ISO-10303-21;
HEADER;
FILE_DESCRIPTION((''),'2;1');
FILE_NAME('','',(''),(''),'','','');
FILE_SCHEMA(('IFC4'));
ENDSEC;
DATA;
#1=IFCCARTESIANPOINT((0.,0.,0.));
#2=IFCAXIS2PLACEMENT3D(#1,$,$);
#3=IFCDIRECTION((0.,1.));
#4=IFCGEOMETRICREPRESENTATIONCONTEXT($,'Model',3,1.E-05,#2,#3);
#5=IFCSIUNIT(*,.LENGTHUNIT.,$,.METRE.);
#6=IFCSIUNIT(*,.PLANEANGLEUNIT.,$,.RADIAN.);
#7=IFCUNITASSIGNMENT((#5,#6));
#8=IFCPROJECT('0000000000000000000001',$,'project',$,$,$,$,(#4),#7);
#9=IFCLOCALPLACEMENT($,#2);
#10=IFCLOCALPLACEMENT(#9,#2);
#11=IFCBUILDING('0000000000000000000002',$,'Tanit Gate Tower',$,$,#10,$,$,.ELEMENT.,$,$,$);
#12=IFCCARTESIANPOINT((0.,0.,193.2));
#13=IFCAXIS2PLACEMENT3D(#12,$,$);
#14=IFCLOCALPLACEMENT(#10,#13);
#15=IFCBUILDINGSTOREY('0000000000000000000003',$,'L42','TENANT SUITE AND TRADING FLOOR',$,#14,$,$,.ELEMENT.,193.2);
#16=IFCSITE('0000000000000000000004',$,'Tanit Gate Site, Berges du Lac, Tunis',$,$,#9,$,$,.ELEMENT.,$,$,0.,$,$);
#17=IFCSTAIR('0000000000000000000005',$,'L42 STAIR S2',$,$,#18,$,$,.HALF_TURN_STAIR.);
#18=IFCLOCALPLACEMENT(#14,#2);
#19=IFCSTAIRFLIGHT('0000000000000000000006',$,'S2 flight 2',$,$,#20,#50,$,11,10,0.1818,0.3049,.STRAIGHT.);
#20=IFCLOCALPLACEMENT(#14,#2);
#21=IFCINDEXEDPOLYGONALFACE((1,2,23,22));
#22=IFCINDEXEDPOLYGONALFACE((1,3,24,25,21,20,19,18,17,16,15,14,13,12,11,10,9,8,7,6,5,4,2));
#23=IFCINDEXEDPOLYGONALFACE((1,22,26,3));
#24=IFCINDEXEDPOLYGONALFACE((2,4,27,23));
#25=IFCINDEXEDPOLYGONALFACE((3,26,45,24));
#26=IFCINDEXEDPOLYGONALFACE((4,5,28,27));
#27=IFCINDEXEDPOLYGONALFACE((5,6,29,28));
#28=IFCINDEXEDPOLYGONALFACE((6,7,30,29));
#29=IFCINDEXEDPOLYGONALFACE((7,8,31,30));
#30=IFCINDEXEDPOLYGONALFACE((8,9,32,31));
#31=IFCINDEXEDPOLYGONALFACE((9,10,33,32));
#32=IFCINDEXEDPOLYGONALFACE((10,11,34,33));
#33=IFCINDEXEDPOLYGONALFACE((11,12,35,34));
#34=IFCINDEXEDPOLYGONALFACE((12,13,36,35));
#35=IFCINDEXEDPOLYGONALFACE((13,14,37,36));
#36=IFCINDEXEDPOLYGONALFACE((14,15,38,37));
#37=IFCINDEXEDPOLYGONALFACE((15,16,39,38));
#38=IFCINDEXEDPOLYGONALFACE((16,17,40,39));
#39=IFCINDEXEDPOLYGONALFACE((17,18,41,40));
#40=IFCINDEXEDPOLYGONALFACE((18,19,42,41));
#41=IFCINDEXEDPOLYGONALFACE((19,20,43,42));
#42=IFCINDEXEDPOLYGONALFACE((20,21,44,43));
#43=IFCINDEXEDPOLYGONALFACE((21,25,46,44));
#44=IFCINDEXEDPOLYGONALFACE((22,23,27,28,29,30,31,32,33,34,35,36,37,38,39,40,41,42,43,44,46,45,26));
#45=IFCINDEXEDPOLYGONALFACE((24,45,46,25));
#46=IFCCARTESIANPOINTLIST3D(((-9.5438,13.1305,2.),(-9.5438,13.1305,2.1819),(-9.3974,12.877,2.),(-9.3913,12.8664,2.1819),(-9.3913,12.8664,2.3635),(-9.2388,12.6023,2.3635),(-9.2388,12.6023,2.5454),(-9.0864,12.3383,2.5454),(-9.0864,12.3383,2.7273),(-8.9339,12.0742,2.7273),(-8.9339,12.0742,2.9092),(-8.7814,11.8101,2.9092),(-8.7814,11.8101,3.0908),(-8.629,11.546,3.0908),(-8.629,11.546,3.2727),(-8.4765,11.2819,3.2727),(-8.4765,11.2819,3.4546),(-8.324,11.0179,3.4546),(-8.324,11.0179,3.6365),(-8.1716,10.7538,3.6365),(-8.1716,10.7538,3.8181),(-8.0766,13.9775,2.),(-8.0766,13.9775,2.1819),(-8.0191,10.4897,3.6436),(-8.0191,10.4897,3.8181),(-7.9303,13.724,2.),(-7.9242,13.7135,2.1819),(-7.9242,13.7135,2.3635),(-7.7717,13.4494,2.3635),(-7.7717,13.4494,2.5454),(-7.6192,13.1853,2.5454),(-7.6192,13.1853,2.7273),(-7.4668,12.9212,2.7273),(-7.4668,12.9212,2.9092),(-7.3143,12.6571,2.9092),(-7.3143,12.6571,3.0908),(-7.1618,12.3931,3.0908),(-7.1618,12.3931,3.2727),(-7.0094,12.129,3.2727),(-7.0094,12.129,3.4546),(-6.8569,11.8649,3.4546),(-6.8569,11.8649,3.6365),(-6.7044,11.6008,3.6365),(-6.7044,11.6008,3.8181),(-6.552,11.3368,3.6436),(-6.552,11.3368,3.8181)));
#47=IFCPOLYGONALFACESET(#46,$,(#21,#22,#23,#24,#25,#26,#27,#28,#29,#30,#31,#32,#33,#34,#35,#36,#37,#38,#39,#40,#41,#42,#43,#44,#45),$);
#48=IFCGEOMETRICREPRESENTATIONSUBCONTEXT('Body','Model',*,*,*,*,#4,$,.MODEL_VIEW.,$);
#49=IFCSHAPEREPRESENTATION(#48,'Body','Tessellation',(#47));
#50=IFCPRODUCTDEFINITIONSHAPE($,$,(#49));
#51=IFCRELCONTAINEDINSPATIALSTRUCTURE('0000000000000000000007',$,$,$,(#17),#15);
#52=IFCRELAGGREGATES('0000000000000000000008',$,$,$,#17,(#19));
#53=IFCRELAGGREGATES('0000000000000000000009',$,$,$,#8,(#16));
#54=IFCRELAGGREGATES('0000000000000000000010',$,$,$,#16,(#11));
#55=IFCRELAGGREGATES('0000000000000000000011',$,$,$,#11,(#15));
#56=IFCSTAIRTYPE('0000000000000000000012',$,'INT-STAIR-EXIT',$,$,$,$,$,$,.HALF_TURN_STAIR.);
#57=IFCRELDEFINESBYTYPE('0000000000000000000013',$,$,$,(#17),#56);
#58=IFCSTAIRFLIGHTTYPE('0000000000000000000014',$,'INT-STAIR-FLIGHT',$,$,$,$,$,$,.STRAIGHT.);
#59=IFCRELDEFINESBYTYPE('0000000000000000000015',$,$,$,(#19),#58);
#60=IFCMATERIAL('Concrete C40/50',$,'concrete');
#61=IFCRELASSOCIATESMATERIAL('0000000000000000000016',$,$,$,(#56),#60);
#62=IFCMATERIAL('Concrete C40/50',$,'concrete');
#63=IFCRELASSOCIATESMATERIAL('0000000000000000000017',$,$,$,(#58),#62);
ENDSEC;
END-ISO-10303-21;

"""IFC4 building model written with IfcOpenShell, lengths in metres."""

from ifc_helpers import new_model, si_unit, direction, frame, origin, place, context, subcontext, project, spatial, polyline, outline, extrude, material, type_object, element, aggregate, save


model = new_model("IFC4")

# Units and contexts
model_context = context("Model", 3, precision=1e-05, world=origin(), true_north=direction((0.0, 1.0)))
body_context = subcontext(model_context, "Body", "Model", "MODEL_VIEW")
ifc_project = project(units=[si_unit("LENGTHUNIT", "METRE"), si_unit("PLANEANGLEUNIT", "RADIAN")], contexts=[model_context])

# Site, building, storey
site_placement = place(None, origin())
site = spatial("IfcSite", under=ifc_project, at=site_placement, Name="Tanit Gate Site, Berges du Lac, Tunis", CompositionType="ELEMENT", RefElevation=0.0)
building_placement = place(site_placement, origin())
building = spatial("IfcBuilding", under=site, at=building_placement, Name="Tanit Gate Tower", CompositionType="ELEMENT")
storey_placement = place(building_placement, frame((0.0, 0.0, 193.2)))
storey = spatial("IfcBuildingStorey", under=building, at=storey_placement, Name="L42", Description="TENANT SUITE AND TRADING FLOOR", CompositionType="ELEMENT", Elevation=193.2)

# Stair, stair flight
ifc_material_1 = material(Name="Concrete C40/50", Category="concrete")
stair_type = type_object("IfcStairType", Name="INT-STAIR-EXIT", PredefinedType="HALF_TURN_STAIR", material=ifc_material_1)
stair_placement = place(storey_placement, origin())
stair = element("IfcStair", 1, at=stair_placement, inside=storey, type_object=stair_type, Name="L42 STAIR S2", PredefinedType="HALF_TURN_STAIR")
ifc_material_2 = material(Name="Concrete C40/50", Category="concrete")
stair_flight_type = type_object("IfcStairFlightType", Name="INT-STAIR-FLIGHT", PredefinedType="STRAIGHT", material=ifc_material_2)
stair_flight_1_placement = place(storey_placement, frame((-8.8103, 13.554, 2.0), z_axis=(0.0, 0.0, 1.0), x_axis=(0.5, -0.866025, 0.0)))
stair_flight_1 = element("IfcStairFlight", 2, at=stair_flight_1_placement, type_object=stair_flight_type, Name="S2 flight 2", NumberOfRisers=11, NumberOfTreads=10, PredefinedType="STRAIGHT", RiserHeight=0.1818, TreadLength=0.3049, context=body_context, shape_type="SweptSolid", body=[
    extrude(outline(polyline([(0.0, 0.0), (0.0, 0.1819), (0.3049, 0.1819), (0.3049, 0.3635), (0.6099, 0.3635), (0.6099, 0.5454), (0.9148, 0.5454), (0.9148, 0.7273), (1.2197, 0.7273), (1.2197, 0.9092), (1.5247, 0.9092), (1.5247, 1.0908), (1.8296, 1.0908), (1.8296, 1.2727), (2.1345, 1.2727), (2.1345, 1.4546), (2.4395, 1.4546), (2.4395, 1.6365), (2.7444, 1.6365), (2.7444, 1.8181), (3.0493, 1.8181), (3.0493, 2.0), (3.0493, 1.6436), (0.2927, 0.0), (0.0, 0.0)])), frame((0.0, 0.8472, 0.0), z_axis=(0.0, -1.0, 0.0), x_axis=(1.0, 0.0, 0.0)), (0.0, 0.0, 1.0), 1.6941),
])
aggregate(stair, [stair_flight_1])

save(model, "model.ifc")
